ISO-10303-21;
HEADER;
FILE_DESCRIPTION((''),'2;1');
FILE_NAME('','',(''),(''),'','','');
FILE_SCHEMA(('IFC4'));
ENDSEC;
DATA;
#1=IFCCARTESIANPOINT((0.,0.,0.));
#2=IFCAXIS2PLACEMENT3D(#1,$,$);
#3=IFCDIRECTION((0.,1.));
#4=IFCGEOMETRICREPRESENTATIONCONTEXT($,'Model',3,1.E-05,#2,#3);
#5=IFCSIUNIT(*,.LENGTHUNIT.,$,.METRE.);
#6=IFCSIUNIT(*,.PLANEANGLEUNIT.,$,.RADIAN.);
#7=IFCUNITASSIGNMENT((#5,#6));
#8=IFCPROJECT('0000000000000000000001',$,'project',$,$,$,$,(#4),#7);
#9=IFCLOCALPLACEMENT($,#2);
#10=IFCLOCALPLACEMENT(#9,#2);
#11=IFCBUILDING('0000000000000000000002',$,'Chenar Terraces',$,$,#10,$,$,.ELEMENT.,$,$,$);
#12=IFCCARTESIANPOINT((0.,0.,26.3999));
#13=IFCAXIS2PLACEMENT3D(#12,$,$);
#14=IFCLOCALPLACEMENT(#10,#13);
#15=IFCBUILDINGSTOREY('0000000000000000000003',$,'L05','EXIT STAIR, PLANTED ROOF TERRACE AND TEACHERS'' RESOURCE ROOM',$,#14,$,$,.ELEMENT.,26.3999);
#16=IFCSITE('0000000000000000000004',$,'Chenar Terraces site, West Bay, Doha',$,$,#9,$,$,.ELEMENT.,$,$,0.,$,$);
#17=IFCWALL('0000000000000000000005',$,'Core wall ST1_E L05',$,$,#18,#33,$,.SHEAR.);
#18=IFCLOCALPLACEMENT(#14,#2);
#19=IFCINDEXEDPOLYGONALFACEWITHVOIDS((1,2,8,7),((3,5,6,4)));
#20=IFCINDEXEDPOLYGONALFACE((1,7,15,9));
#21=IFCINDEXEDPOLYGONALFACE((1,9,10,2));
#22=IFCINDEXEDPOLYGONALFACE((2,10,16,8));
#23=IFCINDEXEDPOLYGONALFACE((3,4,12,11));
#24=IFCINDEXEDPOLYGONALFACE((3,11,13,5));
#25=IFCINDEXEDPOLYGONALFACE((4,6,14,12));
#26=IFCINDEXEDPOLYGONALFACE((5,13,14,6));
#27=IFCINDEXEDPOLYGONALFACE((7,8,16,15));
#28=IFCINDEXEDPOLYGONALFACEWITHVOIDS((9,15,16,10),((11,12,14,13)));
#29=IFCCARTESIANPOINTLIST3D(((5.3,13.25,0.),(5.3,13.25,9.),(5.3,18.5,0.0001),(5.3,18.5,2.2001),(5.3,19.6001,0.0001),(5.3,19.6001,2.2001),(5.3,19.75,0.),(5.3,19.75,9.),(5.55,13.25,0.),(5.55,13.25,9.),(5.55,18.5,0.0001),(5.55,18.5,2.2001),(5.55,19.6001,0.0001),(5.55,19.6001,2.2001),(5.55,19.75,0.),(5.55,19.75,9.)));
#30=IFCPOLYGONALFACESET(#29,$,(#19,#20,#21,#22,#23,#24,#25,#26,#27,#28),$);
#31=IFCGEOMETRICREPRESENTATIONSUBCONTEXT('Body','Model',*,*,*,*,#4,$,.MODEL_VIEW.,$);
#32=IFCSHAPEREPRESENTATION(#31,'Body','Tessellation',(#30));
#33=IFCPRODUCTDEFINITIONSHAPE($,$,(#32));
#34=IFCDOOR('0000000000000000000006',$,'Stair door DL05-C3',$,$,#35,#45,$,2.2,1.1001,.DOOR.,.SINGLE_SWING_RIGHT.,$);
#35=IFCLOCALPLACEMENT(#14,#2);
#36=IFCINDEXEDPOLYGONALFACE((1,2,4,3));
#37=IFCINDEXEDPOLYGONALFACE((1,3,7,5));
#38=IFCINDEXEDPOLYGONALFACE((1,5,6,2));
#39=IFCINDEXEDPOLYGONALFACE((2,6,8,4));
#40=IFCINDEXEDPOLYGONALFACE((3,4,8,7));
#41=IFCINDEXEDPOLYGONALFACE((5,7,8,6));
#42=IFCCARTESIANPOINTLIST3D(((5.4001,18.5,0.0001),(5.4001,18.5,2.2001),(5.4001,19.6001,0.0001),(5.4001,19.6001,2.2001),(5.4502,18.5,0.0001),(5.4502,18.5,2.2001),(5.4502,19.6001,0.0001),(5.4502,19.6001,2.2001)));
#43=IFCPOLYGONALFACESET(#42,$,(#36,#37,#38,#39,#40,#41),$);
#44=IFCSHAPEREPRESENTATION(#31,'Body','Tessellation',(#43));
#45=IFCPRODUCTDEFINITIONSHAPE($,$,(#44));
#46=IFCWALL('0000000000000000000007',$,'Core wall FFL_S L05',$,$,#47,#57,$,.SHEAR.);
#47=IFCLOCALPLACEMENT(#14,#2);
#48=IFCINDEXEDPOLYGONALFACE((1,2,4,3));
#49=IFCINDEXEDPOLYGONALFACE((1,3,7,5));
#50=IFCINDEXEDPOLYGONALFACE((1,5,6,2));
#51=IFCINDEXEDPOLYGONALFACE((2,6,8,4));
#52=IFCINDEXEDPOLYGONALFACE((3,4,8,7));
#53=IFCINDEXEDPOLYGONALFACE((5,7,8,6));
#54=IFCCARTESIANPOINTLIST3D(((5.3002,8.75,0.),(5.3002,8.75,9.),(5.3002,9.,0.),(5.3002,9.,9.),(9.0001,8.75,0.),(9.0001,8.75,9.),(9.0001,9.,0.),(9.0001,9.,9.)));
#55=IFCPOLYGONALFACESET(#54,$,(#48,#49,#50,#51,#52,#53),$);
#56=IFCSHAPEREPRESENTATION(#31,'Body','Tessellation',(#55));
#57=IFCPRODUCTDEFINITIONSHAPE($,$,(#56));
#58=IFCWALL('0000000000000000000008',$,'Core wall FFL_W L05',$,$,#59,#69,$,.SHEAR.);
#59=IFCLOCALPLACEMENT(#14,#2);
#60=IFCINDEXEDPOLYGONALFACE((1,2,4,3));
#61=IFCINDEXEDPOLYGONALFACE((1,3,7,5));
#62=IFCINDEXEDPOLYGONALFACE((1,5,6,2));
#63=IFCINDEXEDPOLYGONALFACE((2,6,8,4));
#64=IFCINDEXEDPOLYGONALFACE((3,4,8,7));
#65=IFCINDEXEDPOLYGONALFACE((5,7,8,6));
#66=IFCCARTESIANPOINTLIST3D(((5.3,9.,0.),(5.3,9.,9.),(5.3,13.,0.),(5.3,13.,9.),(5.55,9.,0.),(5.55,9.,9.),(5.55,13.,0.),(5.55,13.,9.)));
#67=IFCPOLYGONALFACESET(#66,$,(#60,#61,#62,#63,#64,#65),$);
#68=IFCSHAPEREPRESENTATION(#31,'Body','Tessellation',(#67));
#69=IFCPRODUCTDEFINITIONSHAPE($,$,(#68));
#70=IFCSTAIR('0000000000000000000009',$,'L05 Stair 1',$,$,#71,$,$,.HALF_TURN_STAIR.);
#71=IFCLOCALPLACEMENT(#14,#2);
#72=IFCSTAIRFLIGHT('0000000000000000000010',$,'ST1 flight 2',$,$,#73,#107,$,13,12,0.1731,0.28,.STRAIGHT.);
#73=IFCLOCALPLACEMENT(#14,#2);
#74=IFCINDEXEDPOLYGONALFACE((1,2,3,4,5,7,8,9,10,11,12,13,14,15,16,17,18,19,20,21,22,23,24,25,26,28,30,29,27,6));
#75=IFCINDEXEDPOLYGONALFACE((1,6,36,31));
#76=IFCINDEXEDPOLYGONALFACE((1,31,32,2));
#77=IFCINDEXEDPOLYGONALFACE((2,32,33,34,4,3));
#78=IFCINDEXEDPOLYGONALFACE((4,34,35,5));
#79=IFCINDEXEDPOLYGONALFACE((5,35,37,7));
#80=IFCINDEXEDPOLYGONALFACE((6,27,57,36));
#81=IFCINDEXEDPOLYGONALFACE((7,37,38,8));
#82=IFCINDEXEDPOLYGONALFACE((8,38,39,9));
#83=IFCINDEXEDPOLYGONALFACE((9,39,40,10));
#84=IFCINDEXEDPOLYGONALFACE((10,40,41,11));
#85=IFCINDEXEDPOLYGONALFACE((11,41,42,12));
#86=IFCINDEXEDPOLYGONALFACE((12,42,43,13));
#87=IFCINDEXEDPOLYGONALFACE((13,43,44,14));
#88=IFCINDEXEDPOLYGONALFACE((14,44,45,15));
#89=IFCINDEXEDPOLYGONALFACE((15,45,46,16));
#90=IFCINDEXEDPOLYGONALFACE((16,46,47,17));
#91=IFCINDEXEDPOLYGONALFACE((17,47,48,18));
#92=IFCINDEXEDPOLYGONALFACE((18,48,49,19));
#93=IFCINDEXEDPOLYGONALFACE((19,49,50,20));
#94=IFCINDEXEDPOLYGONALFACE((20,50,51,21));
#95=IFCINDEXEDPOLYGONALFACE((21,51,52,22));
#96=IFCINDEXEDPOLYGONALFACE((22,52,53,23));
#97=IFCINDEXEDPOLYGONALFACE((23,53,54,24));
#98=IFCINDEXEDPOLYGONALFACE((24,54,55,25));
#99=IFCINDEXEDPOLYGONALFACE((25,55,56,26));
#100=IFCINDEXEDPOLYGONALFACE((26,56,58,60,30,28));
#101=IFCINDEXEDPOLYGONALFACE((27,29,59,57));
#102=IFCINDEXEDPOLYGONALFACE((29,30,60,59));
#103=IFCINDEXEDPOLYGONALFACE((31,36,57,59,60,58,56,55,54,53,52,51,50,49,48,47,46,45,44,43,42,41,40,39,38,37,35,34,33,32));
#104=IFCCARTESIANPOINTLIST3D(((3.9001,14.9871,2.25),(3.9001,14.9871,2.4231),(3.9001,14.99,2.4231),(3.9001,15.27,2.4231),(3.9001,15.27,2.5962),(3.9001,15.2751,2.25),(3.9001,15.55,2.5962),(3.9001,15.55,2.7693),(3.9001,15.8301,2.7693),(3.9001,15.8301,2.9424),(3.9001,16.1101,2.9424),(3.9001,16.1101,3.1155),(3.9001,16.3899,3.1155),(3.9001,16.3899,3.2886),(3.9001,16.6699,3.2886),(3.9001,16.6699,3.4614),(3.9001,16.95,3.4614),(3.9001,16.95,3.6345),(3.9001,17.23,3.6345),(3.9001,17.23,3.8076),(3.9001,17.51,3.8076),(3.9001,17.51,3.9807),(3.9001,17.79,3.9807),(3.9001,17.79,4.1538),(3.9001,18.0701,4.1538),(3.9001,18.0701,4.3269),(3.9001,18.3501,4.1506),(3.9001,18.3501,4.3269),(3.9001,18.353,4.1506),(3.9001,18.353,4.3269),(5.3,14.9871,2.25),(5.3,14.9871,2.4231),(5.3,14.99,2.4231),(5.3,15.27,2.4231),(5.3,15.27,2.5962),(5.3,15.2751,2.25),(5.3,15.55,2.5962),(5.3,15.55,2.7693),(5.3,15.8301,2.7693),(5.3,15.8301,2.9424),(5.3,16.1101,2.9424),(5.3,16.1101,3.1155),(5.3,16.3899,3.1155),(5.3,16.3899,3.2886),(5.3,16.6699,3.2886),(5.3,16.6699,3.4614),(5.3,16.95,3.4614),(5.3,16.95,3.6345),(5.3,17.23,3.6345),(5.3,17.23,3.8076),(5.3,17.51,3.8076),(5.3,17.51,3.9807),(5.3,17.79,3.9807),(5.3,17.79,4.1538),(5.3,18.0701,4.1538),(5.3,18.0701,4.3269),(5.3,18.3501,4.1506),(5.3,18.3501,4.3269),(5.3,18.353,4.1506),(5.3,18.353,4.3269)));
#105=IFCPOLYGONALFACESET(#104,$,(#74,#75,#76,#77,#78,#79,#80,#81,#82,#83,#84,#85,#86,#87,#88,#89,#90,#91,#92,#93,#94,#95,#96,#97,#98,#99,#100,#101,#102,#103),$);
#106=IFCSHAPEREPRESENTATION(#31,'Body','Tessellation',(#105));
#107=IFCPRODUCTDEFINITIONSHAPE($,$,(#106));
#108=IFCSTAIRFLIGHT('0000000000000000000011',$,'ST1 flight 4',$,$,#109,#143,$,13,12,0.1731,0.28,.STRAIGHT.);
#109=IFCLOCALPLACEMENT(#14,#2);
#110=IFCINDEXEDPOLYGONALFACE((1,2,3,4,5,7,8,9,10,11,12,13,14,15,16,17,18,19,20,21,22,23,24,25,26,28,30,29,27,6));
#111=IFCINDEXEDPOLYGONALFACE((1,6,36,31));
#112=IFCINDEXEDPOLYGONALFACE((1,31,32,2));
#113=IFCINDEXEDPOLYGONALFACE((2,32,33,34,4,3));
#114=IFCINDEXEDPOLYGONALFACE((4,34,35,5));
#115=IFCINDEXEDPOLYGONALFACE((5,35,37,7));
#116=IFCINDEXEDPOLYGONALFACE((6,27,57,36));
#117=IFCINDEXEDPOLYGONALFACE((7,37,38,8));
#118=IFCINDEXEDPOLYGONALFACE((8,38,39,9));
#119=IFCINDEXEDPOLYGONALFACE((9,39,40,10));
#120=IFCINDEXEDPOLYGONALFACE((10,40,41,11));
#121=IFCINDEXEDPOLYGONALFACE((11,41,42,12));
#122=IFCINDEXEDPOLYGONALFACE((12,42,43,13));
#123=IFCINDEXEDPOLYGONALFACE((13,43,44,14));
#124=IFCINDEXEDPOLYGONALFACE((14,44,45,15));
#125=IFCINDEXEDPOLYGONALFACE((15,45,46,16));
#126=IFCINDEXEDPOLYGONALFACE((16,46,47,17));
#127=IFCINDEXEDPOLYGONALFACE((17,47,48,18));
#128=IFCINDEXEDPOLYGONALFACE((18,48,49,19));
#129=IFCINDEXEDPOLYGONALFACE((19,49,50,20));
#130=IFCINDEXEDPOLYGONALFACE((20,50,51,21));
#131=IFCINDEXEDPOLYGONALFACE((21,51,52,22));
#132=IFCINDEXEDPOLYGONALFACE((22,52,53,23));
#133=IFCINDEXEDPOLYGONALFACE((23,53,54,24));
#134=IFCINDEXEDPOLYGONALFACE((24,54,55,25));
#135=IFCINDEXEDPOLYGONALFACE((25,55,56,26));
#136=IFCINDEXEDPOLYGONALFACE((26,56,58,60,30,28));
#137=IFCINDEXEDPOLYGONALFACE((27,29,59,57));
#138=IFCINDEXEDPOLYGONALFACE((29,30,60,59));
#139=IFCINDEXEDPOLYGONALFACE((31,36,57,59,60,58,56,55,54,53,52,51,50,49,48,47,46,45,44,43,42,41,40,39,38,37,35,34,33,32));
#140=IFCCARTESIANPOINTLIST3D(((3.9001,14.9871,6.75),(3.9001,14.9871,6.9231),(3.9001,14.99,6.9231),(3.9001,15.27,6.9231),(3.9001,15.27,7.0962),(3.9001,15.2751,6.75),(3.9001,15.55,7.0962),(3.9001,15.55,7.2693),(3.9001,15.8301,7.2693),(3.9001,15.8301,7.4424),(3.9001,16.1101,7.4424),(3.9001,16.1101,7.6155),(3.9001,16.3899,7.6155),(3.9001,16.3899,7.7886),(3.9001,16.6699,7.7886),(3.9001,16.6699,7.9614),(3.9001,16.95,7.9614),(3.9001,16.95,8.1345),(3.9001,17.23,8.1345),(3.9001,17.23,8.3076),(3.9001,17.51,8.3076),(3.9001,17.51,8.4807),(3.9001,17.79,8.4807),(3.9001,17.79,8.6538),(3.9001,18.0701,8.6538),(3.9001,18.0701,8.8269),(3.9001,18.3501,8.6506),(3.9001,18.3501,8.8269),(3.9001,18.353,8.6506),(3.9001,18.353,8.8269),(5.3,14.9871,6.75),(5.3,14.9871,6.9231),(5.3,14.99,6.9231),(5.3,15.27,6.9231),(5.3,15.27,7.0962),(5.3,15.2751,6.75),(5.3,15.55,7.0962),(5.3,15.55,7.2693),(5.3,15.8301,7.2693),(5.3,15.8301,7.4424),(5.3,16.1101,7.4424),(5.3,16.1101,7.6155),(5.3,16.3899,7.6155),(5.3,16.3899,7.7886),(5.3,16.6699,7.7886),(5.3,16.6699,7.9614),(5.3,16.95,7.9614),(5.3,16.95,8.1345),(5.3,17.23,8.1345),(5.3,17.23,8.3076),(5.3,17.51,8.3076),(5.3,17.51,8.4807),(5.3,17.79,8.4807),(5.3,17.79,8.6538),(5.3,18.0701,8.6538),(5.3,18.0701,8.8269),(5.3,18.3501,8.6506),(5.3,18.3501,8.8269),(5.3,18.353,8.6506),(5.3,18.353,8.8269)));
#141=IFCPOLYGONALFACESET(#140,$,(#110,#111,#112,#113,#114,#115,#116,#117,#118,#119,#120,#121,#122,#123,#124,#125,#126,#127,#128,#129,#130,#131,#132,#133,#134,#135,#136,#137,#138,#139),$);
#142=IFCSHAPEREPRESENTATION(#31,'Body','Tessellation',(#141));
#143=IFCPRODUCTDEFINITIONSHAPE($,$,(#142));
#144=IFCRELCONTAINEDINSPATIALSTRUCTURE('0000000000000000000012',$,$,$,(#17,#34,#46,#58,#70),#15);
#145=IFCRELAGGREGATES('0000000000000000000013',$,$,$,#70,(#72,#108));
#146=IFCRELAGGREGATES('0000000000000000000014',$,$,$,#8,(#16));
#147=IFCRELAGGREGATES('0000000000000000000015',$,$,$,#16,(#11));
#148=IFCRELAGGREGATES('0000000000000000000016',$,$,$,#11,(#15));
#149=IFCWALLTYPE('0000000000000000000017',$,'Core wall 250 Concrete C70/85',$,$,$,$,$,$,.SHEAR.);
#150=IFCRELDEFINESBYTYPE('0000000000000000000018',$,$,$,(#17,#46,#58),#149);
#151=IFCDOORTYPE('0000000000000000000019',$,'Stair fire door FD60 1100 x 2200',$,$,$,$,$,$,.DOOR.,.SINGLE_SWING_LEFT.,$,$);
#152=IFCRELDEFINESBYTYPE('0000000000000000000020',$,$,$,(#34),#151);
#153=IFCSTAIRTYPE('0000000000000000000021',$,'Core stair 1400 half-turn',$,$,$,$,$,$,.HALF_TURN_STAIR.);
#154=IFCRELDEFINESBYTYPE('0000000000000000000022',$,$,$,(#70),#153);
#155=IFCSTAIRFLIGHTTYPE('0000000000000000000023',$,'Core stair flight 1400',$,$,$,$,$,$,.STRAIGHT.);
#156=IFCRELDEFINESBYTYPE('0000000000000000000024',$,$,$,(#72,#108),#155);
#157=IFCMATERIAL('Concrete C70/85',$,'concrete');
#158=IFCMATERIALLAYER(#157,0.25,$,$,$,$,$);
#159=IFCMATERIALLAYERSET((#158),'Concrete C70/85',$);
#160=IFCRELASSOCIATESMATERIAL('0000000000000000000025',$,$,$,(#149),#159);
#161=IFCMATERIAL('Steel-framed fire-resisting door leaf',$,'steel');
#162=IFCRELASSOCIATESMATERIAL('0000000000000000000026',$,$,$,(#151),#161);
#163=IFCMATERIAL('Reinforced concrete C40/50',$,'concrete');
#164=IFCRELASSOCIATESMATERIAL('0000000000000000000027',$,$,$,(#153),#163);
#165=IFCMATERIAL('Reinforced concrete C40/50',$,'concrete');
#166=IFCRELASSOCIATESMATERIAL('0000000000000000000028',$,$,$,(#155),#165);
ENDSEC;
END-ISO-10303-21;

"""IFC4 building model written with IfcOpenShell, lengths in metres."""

from ifc_helpers import new_model, si_unit, direction, frame, frame_2d, origin, place, context, subcontext, project, spatial, polyline, rectangle, outline, extrude, material, layer, layer_set, type_object, element, fill, aggregate, save


model = new_model("IFC4")

# Units and contexts
model_context = context("Model", 3, precision=1e-05, world=origin(), true_north=direction((0.0, 1.0)))
body_context = subcontext(model_context, "Body", "Model", "MODEL_VIEW")
ifc_project = project(units=[si_unit("LENGTHUNIT", "METRE"), si_unit("PLANEANGLEUNIT", "RADIAN")], contexts=[model_context])

# Site, building, storey
site_placement = place(None, origin())
site = spatial("IfcSite", under=ifc_project, at=site_placement, Name="Chenar Terraces site, West Bay, Doha", CompositionType="ELEMENT", RefElevation=0.0)
building_placement = place(site_placement, origin())
building = spatial("IfcBuilding", under=site, at=building_placement, Name="Chenar Terraces", CompositionType="ELEMENT")
storey_placement = place(building_placement, frame((0.0, 0.0, 26.3999)))
storey = spatial("IfcBuildingStorey", under=building, at=storey_placement, Name="L05", Description="EXIT STAIR, PLANTED ROOF TERRACE AND TEACHERS' RESOURCE ROOM", CompositionType="ELEMENT", Elevation=26.3999)

# Shared definitions
ifc_material_1 = material(Name="Concrete C70/85", Category="concrete")
ifc_layer = layer(ifc_material_1, 0.25)
ifc_layer_set = layer_set([ifc_layer], Name="Concrete C70/85")
wall_type = type_object("IfcWallType", Name="Core wall 250 Concrete C70/85", PredefinedType="SHEAR", material=ifc_layer_set)

# Wall, opening, door
wall_1_placement = place(storey_placement, frame((5.425, 13.25, 0.0), z_axis=(0.0, 0.0, 1.0), x_axis=(0.0, 1.0, 0.0)))
wall_1 = element("IfcWall", 1, at=wall_1_placement, inside=storey, type_object=wall_type, Name="Core wall ST1_E L05", PredefinedType="SHEAR", context=body_context, shape_type="SweptSolid", body=[
    extrude(rectangle(XDim=6.5, YDim=0.25, at=frame_2d((3.25, 0.0))), origin(), (0.0, 0.0, 1.0), 9.0),
])
opening_placement = place(wall_1_placement, frame((5.25, 0.0, 0.0)))
opening = element("IfcOpeningElement", 2, at=opening_placement, cuts=wall_1, PredefinedType="OPENING", context=body_context, shape_type="SweptSolid", body=[
    extrude(rectangle(XDim=1.1001, YDim=2.2, at=frame_2d((0.55, 1.1001))), frame((0.0, 0.135, 0.0), z_axis=(0.0, -1.0, 0.0), x_axis=(1.0, 0.0, 0.0)), (0.0, 0.0, 1.0), 0.27),
])
ifc_material_2 = material(Name="Steel-framed fire-resisting door leaf", Category="steel")
door_type = type_object("IfcDoorType", Name="Stair fire door FD60 1100 x 2200", OperationType="SINGLE_SWING_LEFT", PredefinedType="DOOR", material=ifc_material_2)
door_placement = place(opening_placement, origin())
door = element("IfcDoor", 3, at=door_placement, inside=storey, type_object=door_type, Name="Stair door DL05-C3", OperationType="SINGLE_SWING_RIGHT", OverallHeight=2.2, OverallWidth=1.1001, PredefinedType="DOOR", context=body_context, shape_type="SweptSolid", body=[
    extrude(rectangle(XDim=1.1001, YDim=2.2, at=frame_2d((0.55, 1.1001))), frame((0.0, 0.0249, 0.0), z_axis=(0.0, -1.0, 0.0), x_axis=(1.0, 0.0, 0.0)), (0.0, 0.0, 1.0), 0.05),
])
fill(opening, door)

# Walls
wall_2_placement = place(storey_placement, frame((5.3, 8.875, 0.0), z_axis=(0.0, 0.0, 1.0), x_axis=(1.0, 0.0, 0.0)))
element("IfcWall", 4, at=wall_2_placement, inside=storey, type_object=wall_type, Name="Core wall FFL_S L05", PredefinedType="SHEAR", context=body_context, shape_type="SweptSolid", body=[
    extrude(rectangle(XDim=3.7, YDim=0.25, at=frame_2d((1.8501, 0.0))), origin(), (0.0, 0.0, 1.0), 9.0),
])
wall_3_placement = place(storey_placement, frame((5.425, 9.0, 0.0), z_axis=(0.0, 0.0, 1.0), x_axis=(0.0, 1.0, 0.0)))
element("IfcWall", 5, at=wall_3_placement, inside=storey, type_object=wall_type, Name="Core wall FFL_W L05", PredefinedType="SHEAR", context=body_context, shape_type="SweptSolid", body=[
    extrude(rectangle(XDim=4.0, YDim=0.25, at=frame_2d((2.0, 0.0))), origin(), (0.0, 0.0, 1.0), 9.0),
])

# Stair, stair flights
ifc_material_3 = material(Name="Reinforced concrete C40/50", Category="concrete")
stair_type = type_object("IfcStairType", Name="Core stair 1400 half-turn", PredefinedType="HALF_TURN_STAIR", material=ifc_material_3)
stair_placement = place(storey_placement, origin())
stair = element("IfcStair", 6, at=stair_placement, inside=storey, type_object=stair_type, Name="L05 Stair 1", PredefinedType="HALF_TURN_STAIR")
ifc_material_4 = material(Name="Reinforced concrete C40/50", Category="concrete")
stair_flight_type = type_object("IfcStairFlightType", Name="Core stair flight 1400", PredefinedType="STRAIGHT", material=ifc_material_4)
stair_flight_1_placement = place(storey_placement, frame((4.6001, 14.99, 2.25), z_axis=(0.0, 0.0, 1.0), x_axis=(0.0, 1.0, 0.0)))
stair_flight_1 = element("IfcStairFlight", 7, at=stair_flight_1_placement, type_object=stair_flight_type, Name="ST1 flight 2", NumberOfRisers=13, NumberOfTreads=12, PredefinedType="STRAIGHT", RiserHeight=0.1731, TreadLength=0.28, context=body_context, shape_type="SweptSolid", body=[
    extrude(outline(polyline([(-0.0029, 0.0), (-0.0029, 0.1731), (0.0, 0.1731), (0.28, 0.1731), (0.28, 0.3462), (0.5601, 0.3462), (0.5601, 0.5193), (0.8401, 0.5193), (0.8401, 0.6924), (1.1201, 0.6924), (1.1201, 0.8655), (1.3999, 0.8655), (1.3999, 1.0386), (1.6799, 1.0386), (1.6799, 1.2114), (1.96, 1.2114), (1.96, 1.3845), (2.24, 1.3845), (2.24, 1.5576), (2.52, 1.5576), (2.52, 1.7307), (2.8, 1.7307), (2.8, 1.9038), (3.0801, 1.9038), (3.0801, 2.0769), (3.3601, 2.0769), (3.363, 2.0769), (3.363, 1.9006), (3.3601, 1.9006), (0.2852, 0.0), (-0.0029, 0.0)])), frame((0.0, 0.7, 0.0), z_axis=(0.0, -1.0, 0.0), x_axis=(1.0, 0.0, 0.0)), (0.0, 0.0, 1.0), 1.3999),
])
stair_flight_2_placement = place(storey_placement, frame((4.6001, 14.99, 6.75), z_axis=(0.0, 0.0, 1.0), x_axis=(0.0, 1.0, 0.0)))
stair_flight_2 = element("IfcStairFlight", 8, at=stair_flight_2_placement, type_object=stair_flight_type, Name="ST1 flight 4", NumberOfRisers=13, NumberOfTreads=12, PredefinedType="STRAIGHT", RiserHeight=0.1731, TreadLength=0.28, context=body_context, shape_type="SweptSolid", body=[
    extrude(outline(polyline([(-0.0029, 0.0), (-0.0029, 0.1731), (0.0, 0.1731), (0.28, 0.1731), (0.28, 0.3462), (0.5601, 0.3462), (0.5601, 0.5193), (0.8401, 0.5193), (0.8401, 0.6924), (1.1201, 0.6924), (1.1201, 0.8655), (1.3999, 0.8655), (1.3999, 1.0386), (1.6799, 1.0386), (1.6799, 1.2114), (1.96, 1.2114), (1.96, 1.3845), (2.24, 1.3845), (2.24, 1.5576), (2.52, 1.5576), (2.52, 1.7307), (2.8, 1.7307), (2.8, 1.9038), (3.0801, 1.9038), (3.0801, 2.0769), (3.3601, 2.0769), (3.363, 2.0769), (3.363, 1.9006), (3.3601, 1.9006), (0.2852, 0.0), (-0.0029, 0.0)])), frame((0.0, 0.7, 0.0), z_axis=(0.0, -1.0, 0.0), x_axis=(1.0, 0.0, 0.0)), (0.0, 0.0, 1.0), 1.3999),
])
aggregate(stair, [stair_flight_1, stair_flight_2])

save(model, "model.ifc")
